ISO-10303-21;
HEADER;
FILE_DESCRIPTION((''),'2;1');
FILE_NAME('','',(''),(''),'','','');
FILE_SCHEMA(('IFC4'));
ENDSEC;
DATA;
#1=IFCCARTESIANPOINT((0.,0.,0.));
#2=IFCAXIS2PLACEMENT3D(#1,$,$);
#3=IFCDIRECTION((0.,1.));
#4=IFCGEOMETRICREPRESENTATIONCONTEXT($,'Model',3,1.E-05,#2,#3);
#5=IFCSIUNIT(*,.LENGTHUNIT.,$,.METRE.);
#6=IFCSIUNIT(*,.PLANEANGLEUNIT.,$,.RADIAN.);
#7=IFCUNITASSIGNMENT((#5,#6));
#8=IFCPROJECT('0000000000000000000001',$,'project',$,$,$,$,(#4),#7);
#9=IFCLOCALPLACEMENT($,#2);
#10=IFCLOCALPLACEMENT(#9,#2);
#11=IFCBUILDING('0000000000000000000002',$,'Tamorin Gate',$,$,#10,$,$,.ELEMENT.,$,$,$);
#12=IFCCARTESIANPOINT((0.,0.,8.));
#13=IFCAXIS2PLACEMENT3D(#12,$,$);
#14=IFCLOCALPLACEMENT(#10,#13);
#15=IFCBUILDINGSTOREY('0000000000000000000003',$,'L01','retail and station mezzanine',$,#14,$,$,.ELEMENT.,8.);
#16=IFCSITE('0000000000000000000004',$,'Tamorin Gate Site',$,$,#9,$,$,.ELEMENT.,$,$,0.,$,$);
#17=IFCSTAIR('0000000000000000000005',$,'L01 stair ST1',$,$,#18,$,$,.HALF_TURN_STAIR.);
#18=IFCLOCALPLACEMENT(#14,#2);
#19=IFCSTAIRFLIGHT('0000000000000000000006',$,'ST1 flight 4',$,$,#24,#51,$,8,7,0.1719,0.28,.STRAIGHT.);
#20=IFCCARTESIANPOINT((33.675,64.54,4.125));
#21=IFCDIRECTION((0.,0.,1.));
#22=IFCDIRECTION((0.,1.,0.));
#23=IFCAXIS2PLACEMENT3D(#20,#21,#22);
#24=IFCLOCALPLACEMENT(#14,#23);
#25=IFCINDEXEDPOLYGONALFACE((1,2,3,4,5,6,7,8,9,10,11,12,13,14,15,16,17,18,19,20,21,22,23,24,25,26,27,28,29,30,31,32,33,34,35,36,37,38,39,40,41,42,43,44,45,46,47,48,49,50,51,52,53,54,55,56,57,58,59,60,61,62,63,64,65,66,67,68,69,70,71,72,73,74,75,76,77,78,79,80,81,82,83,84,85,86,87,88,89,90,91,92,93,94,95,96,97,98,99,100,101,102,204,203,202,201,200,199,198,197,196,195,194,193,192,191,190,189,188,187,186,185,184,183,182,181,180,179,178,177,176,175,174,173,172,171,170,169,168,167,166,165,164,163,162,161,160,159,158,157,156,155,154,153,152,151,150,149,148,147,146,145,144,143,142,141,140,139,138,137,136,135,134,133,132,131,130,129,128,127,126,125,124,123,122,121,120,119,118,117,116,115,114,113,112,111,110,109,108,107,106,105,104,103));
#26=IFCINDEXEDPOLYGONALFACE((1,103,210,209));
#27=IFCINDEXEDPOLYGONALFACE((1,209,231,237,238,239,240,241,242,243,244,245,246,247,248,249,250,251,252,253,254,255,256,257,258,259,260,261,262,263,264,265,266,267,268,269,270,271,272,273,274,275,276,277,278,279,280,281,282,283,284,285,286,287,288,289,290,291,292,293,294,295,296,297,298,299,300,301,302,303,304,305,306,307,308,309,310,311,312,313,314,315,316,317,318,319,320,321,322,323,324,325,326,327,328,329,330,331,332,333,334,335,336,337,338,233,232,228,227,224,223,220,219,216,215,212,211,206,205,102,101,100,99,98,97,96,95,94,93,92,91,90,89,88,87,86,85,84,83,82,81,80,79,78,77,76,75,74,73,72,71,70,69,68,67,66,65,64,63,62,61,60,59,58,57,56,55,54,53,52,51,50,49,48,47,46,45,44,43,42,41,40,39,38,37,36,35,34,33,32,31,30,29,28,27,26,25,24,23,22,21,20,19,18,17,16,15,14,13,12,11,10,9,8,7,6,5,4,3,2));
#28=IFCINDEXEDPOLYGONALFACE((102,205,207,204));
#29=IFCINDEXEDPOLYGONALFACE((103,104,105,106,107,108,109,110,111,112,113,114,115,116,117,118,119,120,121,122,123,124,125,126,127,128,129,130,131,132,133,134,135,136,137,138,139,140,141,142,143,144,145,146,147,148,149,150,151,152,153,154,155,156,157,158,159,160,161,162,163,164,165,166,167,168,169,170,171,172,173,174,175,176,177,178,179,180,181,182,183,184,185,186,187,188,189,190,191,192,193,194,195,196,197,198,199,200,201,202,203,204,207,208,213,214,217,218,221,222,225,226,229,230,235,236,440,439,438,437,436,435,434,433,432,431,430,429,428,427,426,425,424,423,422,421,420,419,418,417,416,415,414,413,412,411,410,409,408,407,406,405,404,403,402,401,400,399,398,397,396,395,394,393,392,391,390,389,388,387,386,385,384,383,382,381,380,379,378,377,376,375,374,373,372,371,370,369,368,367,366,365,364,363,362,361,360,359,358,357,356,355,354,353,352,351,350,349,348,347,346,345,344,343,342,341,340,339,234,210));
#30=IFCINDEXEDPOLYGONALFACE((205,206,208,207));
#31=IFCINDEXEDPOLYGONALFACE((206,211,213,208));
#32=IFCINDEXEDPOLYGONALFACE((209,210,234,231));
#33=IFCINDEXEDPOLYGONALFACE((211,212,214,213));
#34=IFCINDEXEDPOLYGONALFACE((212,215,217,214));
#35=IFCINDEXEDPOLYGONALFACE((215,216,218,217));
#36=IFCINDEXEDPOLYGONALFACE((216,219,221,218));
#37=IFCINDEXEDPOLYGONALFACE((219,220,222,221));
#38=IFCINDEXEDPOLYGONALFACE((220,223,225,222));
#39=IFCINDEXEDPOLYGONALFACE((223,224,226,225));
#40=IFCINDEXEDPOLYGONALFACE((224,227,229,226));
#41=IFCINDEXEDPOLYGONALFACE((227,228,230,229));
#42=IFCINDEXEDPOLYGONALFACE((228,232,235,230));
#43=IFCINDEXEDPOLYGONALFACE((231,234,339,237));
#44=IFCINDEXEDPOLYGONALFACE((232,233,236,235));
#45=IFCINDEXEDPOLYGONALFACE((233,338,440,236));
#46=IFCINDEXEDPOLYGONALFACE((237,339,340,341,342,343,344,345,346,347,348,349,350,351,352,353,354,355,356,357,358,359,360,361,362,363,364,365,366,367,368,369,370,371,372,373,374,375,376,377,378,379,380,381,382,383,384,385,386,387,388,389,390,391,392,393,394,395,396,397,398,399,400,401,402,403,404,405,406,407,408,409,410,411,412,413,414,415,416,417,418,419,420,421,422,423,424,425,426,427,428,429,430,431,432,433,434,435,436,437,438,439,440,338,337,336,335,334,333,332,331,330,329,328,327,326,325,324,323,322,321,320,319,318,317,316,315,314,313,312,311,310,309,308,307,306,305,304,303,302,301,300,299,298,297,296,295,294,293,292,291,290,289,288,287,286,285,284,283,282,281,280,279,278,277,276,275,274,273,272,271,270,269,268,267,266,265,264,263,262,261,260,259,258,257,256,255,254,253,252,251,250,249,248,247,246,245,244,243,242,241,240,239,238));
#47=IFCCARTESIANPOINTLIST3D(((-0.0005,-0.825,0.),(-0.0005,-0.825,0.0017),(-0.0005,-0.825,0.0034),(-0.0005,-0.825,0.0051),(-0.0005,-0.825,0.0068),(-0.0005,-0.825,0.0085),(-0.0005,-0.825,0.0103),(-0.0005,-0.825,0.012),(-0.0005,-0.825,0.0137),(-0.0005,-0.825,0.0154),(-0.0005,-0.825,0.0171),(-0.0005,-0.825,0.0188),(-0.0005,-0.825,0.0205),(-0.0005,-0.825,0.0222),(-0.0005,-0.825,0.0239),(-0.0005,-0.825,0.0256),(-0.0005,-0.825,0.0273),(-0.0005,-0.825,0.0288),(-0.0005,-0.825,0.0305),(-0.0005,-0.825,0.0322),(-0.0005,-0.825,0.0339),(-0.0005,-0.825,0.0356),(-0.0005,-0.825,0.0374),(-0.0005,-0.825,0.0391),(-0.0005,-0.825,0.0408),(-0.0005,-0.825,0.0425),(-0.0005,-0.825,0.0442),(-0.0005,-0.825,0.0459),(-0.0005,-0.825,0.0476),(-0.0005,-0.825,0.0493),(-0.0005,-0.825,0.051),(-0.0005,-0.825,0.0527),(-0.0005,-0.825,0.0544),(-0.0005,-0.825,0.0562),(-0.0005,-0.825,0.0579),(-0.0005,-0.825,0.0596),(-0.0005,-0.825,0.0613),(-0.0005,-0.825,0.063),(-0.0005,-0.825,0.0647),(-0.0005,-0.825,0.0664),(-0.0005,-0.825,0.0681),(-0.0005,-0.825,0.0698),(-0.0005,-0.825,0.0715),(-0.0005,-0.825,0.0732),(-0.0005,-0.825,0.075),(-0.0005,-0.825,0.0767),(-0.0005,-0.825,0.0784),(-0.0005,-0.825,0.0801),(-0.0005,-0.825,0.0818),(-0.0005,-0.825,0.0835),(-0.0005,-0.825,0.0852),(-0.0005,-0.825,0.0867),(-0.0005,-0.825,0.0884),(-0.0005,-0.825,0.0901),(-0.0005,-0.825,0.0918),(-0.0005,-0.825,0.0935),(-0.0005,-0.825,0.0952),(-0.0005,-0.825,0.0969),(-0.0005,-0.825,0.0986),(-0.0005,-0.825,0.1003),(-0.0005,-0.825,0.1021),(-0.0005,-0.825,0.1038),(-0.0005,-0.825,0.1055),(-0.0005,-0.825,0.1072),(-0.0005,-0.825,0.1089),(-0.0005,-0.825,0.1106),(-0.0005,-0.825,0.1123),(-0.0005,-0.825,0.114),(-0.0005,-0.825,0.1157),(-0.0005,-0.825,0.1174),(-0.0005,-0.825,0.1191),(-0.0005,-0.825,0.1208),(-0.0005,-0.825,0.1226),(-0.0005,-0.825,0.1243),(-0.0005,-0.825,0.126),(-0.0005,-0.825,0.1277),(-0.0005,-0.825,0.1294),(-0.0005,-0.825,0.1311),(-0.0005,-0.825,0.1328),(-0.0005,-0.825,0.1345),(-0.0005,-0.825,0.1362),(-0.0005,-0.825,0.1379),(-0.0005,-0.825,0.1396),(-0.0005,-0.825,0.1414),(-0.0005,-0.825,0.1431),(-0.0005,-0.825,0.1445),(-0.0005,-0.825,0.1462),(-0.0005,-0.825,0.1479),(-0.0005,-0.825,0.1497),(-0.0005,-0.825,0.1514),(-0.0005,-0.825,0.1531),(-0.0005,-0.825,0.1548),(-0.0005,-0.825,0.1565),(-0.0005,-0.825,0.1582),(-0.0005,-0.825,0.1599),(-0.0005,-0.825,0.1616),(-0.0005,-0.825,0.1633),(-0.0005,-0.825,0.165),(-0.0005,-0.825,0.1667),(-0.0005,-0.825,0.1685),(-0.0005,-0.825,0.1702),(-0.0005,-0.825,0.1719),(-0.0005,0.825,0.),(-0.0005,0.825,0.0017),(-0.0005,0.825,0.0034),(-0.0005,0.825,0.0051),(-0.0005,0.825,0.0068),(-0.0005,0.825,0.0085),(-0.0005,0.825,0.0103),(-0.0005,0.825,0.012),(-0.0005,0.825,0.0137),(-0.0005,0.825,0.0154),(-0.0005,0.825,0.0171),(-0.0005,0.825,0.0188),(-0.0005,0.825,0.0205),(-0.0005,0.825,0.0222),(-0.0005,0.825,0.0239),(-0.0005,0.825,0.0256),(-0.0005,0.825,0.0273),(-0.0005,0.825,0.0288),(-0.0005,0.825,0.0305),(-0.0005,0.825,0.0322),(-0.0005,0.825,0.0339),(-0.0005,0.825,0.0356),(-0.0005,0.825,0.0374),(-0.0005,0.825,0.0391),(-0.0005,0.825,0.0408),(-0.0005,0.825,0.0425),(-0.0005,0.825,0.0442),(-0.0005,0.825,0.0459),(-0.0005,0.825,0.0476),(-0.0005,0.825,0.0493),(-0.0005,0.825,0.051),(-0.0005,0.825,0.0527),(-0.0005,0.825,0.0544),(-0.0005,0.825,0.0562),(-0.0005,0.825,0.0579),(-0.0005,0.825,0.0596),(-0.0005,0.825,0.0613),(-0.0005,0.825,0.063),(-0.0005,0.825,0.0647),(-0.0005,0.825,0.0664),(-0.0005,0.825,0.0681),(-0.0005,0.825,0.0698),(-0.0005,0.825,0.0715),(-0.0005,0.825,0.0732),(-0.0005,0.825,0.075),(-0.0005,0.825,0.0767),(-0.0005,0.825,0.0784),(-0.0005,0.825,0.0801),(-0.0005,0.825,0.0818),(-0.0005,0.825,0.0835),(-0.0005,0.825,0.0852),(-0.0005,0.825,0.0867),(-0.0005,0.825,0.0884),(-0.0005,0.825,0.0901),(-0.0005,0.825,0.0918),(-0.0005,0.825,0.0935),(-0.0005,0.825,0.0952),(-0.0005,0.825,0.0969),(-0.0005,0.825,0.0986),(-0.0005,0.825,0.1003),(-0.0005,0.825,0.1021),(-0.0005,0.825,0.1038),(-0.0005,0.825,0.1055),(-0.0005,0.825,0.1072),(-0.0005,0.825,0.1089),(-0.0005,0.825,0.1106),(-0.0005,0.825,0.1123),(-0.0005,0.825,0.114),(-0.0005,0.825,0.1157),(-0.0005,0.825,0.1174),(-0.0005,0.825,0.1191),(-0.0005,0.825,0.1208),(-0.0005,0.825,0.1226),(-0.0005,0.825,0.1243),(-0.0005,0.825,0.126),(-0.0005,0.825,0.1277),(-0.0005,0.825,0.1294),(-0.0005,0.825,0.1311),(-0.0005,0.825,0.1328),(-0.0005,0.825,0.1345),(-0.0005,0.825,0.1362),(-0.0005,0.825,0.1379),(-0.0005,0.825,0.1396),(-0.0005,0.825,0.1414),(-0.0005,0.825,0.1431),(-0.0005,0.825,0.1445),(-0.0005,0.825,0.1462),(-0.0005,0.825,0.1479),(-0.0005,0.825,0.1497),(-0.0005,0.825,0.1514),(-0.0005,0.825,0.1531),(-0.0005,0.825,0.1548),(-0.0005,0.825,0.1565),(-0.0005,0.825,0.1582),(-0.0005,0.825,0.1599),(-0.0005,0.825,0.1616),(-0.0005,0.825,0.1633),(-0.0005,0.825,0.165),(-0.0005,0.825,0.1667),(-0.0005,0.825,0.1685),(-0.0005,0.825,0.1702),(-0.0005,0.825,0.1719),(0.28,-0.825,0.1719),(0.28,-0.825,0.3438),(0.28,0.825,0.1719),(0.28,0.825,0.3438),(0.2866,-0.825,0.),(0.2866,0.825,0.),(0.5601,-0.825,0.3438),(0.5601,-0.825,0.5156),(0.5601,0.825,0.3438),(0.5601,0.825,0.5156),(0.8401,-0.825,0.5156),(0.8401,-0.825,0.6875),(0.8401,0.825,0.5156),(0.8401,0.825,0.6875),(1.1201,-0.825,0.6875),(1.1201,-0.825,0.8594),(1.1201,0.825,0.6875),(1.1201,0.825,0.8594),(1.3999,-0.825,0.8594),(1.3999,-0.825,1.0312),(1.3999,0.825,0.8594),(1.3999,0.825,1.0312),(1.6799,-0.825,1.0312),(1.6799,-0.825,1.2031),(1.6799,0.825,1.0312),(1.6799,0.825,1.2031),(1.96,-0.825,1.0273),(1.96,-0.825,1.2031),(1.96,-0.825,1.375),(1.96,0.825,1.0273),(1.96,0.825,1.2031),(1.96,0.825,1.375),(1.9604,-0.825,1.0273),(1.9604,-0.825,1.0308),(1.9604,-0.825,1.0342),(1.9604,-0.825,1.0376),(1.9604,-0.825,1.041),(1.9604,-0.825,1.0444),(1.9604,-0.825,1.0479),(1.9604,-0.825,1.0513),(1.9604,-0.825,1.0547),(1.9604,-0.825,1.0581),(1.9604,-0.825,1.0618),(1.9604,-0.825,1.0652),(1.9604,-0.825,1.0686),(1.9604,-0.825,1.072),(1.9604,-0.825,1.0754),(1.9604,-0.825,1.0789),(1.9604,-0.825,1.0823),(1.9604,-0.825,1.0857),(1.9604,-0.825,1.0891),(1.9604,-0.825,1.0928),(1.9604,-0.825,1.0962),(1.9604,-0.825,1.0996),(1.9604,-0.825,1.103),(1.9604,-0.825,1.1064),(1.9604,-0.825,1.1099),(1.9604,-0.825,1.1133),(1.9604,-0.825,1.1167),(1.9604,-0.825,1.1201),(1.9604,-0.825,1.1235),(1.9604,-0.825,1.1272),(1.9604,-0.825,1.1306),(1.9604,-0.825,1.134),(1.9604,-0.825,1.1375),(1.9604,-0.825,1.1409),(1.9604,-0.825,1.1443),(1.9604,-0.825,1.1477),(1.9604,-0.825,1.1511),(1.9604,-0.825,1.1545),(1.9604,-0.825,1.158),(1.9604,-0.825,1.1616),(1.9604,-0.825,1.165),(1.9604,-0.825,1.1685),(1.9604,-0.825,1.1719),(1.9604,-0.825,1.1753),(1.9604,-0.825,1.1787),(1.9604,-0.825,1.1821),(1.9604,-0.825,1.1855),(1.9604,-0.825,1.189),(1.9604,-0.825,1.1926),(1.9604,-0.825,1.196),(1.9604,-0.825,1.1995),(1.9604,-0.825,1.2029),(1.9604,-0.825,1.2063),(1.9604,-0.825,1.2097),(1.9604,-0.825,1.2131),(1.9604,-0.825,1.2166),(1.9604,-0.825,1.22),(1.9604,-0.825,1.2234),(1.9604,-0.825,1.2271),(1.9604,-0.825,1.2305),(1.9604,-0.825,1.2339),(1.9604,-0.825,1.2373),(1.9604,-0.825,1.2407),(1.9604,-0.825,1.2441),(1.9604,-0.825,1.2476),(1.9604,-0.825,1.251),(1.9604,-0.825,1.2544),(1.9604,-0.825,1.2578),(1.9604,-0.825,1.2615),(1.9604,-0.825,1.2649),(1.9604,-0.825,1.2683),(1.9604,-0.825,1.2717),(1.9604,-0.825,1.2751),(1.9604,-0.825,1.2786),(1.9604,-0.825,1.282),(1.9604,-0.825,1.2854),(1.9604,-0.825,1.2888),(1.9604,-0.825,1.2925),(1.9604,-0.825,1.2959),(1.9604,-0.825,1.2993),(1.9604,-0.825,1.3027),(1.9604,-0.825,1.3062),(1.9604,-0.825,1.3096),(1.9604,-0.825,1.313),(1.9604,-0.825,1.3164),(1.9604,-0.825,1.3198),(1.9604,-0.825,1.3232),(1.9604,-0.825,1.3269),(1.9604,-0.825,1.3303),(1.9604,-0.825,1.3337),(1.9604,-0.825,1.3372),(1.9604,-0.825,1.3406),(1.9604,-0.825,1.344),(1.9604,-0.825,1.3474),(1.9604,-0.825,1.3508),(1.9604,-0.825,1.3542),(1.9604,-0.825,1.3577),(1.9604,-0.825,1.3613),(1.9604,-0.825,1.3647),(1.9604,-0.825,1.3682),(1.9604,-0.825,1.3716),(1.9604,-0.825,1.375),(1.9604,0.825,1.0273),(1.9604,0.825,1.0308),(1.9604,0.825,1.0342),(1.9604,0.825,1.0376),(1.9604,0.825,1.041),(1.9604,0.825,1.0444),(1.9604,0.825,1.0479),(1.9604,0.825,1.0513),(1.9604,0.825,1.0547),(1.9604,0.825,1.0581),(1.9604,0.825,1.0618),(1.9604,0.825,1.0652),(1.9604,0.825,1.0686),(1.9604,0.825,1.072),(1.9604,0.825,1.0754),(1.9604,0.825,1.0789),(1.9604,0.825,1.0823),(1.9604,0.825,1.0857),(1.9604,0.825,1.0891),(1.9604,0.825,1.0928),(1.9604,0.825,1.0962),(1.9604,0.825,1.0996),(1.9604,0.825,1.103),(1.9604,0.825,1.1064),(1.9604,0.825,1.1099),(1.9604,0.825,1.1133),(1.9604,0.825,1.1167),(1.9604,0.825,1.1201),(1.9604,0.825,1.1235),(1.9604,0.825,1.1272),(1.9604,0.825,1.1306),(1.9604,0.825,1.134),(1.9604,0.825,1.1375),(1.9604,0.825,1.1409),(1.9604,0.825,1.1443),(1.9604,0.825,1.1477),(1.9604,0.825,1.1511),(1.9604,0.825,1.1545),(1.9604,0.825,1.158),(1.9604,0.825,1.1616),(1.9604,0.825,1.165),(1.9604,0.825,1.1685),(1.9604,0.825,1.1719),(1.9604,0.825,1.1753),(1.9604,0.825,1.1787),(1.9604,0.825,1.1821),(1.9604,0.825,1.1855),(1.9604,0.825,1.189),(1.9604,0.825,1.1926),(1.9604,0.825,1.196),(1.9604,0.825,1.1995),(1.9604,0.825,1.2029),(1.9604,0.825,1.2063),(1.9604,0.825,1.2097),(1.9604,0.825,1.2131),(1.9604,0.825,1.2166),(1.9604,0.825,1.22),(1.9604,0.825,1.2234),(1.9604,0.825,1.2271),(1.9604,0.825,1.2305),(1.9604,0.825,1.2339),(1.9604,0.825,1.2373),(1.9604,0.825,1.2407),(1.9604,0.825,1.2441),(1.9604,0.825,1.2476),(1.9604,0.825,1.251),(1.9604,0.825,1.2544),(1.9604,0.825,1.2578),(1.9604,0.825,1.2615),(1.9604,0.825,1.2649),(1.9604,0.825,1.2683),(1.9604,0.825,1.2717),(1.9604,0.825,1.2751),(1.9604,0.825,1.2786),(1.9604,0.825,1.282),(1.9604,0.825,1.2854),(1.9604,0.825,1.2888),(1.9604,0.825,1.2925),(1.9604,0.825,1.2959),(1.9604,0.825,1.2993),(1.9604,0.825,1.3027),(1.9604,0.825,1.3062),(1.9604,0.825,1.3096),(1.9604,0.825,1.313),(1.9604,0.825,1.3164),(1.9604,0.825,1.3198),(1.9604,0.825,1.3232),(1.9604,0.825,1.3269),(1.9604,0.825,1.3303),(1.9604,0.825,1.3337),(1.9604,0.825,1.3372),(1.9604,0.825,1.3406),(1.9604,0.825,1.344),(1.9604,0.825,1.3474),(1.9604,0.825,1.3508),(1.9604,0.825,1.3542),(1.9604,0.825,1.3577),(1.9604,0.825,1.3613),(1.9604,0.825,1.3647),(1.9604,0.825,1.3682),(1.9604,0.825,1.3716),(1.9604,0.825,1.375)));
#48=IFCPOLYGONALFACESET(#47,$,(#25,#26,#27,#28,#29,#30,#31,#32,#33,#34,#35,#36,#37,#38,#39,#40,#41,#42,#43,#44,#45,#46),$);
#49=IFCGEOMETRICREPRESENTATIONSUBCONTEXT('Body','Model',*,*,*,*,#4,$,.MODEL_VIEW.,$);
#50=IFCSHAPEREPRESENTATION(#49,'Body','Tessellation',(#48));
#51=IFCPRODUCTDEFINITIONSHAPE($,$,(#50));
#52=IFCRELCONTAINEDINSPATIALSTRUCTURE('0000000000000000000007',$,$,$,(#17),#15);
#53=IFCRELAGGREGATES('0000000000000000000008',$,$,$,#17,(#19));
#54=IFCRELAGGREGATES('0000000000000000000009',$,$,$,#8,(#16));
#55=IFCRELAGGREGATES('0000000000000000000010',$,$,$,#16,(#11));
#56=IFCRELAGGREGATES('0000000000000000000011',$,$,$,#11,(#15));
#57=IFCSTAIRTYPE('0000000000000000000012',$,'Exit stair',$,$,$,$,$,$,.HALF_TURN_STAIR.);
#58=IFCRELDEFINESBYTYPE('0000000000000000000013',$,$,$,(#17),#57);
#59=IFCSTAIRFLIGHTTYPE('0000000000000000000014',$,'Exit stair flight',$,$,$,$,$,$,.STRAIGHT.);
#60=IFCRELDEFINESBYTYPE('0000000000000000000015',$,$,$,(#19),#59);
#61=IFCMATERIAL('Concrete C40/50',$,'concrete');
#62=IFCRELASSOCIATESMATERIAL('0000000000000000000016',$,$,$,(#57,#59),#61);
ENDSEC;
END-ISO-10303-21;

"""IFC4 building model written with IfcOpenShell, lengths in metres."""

from ifc_helpers import new_model, si_unit, direction, frame, origin, place, context, subcontext, project, spatial, polyline, outline, extrude, material, type_object, element, aggregate, save


model = new_model("IFC4")

# Units and contexts
model_context = context("Model", 3, precision=1e-05, world=origin(), true_north=direction((0.0, 1.0)))
body_context = subcontext(model_context, "Body", "Model", "MODEL_VIEW")
ifc_project = project(units=[si_unit("LENGTHUNIT", "METRE"), si_unit("PLANEANGLEUNIT", "RADIAN")], contexts=[model_context])

# Site, building, storey
site_placement = place(None, origin())
site = spatial("IfcSite", under=ifc_project, at=site_placement, Name="Tamorin Gate Site", CompositionType="ELEMENT", RefElevation=0.0)
building_placement = place(site_placement, origin())
building = spatial("IfcBuilding", under=site, at=building_placement, Name="Tamorin Gate", CompositionType="ELEMENT")
storey_placement = place(building_placement, frame((0.0, 0.0, 8.0)))
storey = spatial("IfcBuildingStorey", under=building, at=storey_placement, Name="L01", Description="retail and station mezzanine", CompositionType="ELEMENT", Elevation=8.0)

# Shared definitions
ifc_material_1 = material(Name="Concrete C40/50", Category="concrete")

# Stair, stair flight
stair_type = type_object("IfcStairType", Name="Exit stair", PredefinedType="HALF_TURN_STAIR", material=ifc_material_1)
stair_placement = place(storey_placement, origin())
stair = element("IfcStair", 1, at=stair_placement, inside=storey, type_object=stair_type, Name="L01 stair ST1", PredefinedType="HALF_TURN_STAIR")
stair_flight_type = type_object("IfcStairFlightType", Name="Exit stair flight", PredefinedType="STRAIGHT", material=ifc_material_1)
stair_flight_1_placement = place(storey_placement, frame((33.675, 64.54, 4.125), z_axis=(0.0, 0.0, 1.0), x_axis=(0.0, 1.0, 0.0)))
stair_flight_1 = element("IfcStairFlight", 2, at=stair_flight_1_placement, type_object=stair_flight_type, Name="ST1 flight 4", NumberOfRisers=8, NumberOfTreads=7, PredefinedType="STRAIGHT", RiserHeight=0.1719, TreadLength=0.28, context=body_context, shape_type="SweptSolid", body=[
    extrude(outline(polyline([(-0.0005, 0.0), (-0.0005, 0.0017), (-0.0005, 0.0034), (-0.0005, 0.0051), (-0.0005, 0.0068), (-0.0005, 0.0085), (-0.0005, 0.0103), (-0.0005, 0.012), (-0.0005, 0.0137), (-0.0005, 0.0154), (-0.0005, 0.0171), (-0.0005, 0.0188), (-0.0005, 0.0205), (-0.0005, 0.0222), (-0.0005, 0.0239), (-0.0005, 0.0256), (-0.0005, 0.0273), (-0.0005, 0.0288), (-0.0005, 0.0305), (-0.0005, 0.0322), (-0.0005, 0.0339), (-0.0005, 0.0356), (-0.0005, 0.0374), (-0.0005, 0.0391), (-0.0005, 0.0408), (-0.0005, 0.0425), (-0.0005, 0.0442), (-0.0005, 0.0459), (-0.0005, 0.0476), (-0.0005, 0.0493), (-0.0005, 0.051), (-0.0005, 0.0527), (-0.0005, 0.0544), (-0.0005, 0.0562), (-0.0005, 0.0579), (-0.0005, 0.0596), (-0.0005, 0.0613), (-0.0005, 0.063), (-0.0005, 0.0647), (-0.0005, 0.0664), (-0.0005, 0.0681), (-0.0005, 0.0698), (-0.0005, 0.0715), (-0.0005, 0.0732), (-0.0005, 0.075), (-0.0005, 0.0767), (-0.0005, 0.0784), (-0.0005, 0.0801), (-0.0005, 0.0818), (-0.0005, 0.0835), (-0.0005, 0.0852), (-0.0005, 0.0867), (-0.0005, 0.0884), (-0.0005, 0.0901), (-0.0005, 0.0918), (-0.0005, 0.0935), (-0.0005, 0.0952), (-0.0005, 0.0969), (-0.0005, 0.0986), (-0.0005, 0.1003), (-0.0005, 0.1021), (-0.0005, 0.1038), (-0.0005, 0.1055), (-0.0005, 0.1072), (-0.0005, 0.1089), (-0.0005, 0.1106), (-0.0005, 0.1123), (-0.0005, 0.114), (-0.0005, 0.1157), (-0.0005, 0.1174), (-0.0005, 0.1191), (-0.0005, 0.1208), (-0.0005, 0.1226), (-0.0005, 0.1243), (-0.0005, 0.126), (-0.0005, 0.1277), (-0.0005, 0.1294), (-0.0005, 0.1311), (-0.0005, 0.1328), (-0.0005, 0.1345), (-0.0005, 0.1362), (-0.0005, 0.1379), (-0.0005, 0.1396), (-0.0005, 0.1414), (-0.0005, 0.1431), (-0.0005, 0.1445), (-0.0005, 0.1462), (-0.0005, 0.1479), (-0.0005, 0.1497), (-0.0005, 0.1514), (-0.0005, 0.1531), (-0.0005, 0.1548), (-0.0005, 0.1565), (-0.0005, 0.1582), (-0.0005, 0.1599), (-0.0005, 0.1616), (-0.0005, 0.1633), (-0.0005, 0.165), (-0.0005, 0.1667), (-0.0005, 0.1685), (-0.0005, 0.1702), (-0.0005, 0.1719), (0.28, 0.1719), (0.28, 0.3438), (0.5601, 0.3438), (0.5601, 0.5156), (0.8401, 0.5156), (0.8401, 0.6875), (1.1201, 0.6875), (1.1201, 0.8594), (1.3999, 0.8594), (1.3999, 1.0312), (1.6799, 1.0312), (1.6799, 1.2031), (1.96, 1.2031), (1.96, 1.375), (1.9604, 1.375), (1.9604, 1.3716), (1.9604, 1.3682), (1.9604, 1.3647), (1.9604, 1.3613), (1.9604, 1.3577), (1.9604, 1.3542), (1.9604, 1.3508), (1.9604, 1.3474), (1.9604, 1.344), (1.9604, 1.3406), (1.9604, 1.3372), (1.9604, 1.3337), (1.9604, 1.3303), (1.9604, 1.3269), (1.9604, 1.3232), (1.9604, 1.3198), (1.9604, 1.3164), (1.9604, 1.313), (1.9604, 1.3096), (1.9604, 1.3062), (1.9604, 1.3027), (1.9604, 1.2993), (1.9604, 1.2959), (1.9604, 1.2925), (1.9604, 1.2888), (1.9604, 1.2854), (1.9604, 1.282), (1.9604, 1.2786), (1.9604, 1.2751), (1.9604, 1.2717), (1.9604, 1.2683), (1.9604, 1.2649), (1.9604, 1.2615), (1.9604, 1.2578), (1.9604, 1.2544), (1.9604, 1.251), (1.9604, 1.2476), (1.9604, 1.2441), (1.9604, 1.2407), (1.9604, 1.2373), (1.9604, 1.2339), (1.9604, 1.2305), (1.9604, 1.2271), (1.9604, 1.2234), (1.9604, 1.22), (1.9604, 1.2166), (1.9604, 1.2131), (1.9604, 1.2097), (1.9604, 1.2063), (1.9604, 1.2029), (1.9604, 1.1995), (1.9604, 1.196), (1.9604, 1.1926), (1.9604, 1.189), (1.9604, 1.1855), (1.9604, 1.1821), (1.9604, 1.1787), (1.9604, 1.1753), (1.9604, 1.1719), (1.9604, 1.1685), (1.9604, 1.165), (1.9604, 1.1616), (1.9604, 1.158), (1.9604, 1.1545), (1.9604, 1.1511), (1.9604, 1.1477), (1.9604, 1.1443), (1.9604, 1.1409), (1.9604, 1.1375), (1.9604, 1.134), (1.9604, 1.1306), (1.9604, 1.1272), (1.9604, 1.1235), (1.9604, 1.1201), (1.9604, 1.1167), (1.9604, 1.1133), (1.9604, 1.1099), (1.9604, 1.1064), (1.9604, 1.103), (1.9604, 1.0996), (1.9604, 1.0962), (1.9604, 1.0928), (1.9604, 1.0891), (1.9604, 1.0857), (1.9604, 1.0823), (1.9604, 1.0789), (1.9604, 1.0754), (1.9604, 1.072), (1.9604, 1.0686), (1.9604, 1.0652), (1.9604, 1.0618), (1.9604, 1.0581), (1.9604, 1.0547), (1.9604, 1.0513), (1.9604, 1.0479), (1.9604, 1.0444), (1.9604, 1.041), (1.9604, 1.0376), (1.9604, 1.0342), (1.9604, 1.0308), (1.9604, 1.0273), (1.96, 1.0273), (0.2866, 0.0), (-0.0005, 0.0)])), frame((0.0, 0.825, 0.0), z_axis=(0.0, -1.0, 0.0), x_axis=(1.0, 0.0, 0.0)), (0.0, 0.0, 1.0), 1.6499),
])
aggregate(stair, [stair_flight_1])

save(model, "model.ifc")
